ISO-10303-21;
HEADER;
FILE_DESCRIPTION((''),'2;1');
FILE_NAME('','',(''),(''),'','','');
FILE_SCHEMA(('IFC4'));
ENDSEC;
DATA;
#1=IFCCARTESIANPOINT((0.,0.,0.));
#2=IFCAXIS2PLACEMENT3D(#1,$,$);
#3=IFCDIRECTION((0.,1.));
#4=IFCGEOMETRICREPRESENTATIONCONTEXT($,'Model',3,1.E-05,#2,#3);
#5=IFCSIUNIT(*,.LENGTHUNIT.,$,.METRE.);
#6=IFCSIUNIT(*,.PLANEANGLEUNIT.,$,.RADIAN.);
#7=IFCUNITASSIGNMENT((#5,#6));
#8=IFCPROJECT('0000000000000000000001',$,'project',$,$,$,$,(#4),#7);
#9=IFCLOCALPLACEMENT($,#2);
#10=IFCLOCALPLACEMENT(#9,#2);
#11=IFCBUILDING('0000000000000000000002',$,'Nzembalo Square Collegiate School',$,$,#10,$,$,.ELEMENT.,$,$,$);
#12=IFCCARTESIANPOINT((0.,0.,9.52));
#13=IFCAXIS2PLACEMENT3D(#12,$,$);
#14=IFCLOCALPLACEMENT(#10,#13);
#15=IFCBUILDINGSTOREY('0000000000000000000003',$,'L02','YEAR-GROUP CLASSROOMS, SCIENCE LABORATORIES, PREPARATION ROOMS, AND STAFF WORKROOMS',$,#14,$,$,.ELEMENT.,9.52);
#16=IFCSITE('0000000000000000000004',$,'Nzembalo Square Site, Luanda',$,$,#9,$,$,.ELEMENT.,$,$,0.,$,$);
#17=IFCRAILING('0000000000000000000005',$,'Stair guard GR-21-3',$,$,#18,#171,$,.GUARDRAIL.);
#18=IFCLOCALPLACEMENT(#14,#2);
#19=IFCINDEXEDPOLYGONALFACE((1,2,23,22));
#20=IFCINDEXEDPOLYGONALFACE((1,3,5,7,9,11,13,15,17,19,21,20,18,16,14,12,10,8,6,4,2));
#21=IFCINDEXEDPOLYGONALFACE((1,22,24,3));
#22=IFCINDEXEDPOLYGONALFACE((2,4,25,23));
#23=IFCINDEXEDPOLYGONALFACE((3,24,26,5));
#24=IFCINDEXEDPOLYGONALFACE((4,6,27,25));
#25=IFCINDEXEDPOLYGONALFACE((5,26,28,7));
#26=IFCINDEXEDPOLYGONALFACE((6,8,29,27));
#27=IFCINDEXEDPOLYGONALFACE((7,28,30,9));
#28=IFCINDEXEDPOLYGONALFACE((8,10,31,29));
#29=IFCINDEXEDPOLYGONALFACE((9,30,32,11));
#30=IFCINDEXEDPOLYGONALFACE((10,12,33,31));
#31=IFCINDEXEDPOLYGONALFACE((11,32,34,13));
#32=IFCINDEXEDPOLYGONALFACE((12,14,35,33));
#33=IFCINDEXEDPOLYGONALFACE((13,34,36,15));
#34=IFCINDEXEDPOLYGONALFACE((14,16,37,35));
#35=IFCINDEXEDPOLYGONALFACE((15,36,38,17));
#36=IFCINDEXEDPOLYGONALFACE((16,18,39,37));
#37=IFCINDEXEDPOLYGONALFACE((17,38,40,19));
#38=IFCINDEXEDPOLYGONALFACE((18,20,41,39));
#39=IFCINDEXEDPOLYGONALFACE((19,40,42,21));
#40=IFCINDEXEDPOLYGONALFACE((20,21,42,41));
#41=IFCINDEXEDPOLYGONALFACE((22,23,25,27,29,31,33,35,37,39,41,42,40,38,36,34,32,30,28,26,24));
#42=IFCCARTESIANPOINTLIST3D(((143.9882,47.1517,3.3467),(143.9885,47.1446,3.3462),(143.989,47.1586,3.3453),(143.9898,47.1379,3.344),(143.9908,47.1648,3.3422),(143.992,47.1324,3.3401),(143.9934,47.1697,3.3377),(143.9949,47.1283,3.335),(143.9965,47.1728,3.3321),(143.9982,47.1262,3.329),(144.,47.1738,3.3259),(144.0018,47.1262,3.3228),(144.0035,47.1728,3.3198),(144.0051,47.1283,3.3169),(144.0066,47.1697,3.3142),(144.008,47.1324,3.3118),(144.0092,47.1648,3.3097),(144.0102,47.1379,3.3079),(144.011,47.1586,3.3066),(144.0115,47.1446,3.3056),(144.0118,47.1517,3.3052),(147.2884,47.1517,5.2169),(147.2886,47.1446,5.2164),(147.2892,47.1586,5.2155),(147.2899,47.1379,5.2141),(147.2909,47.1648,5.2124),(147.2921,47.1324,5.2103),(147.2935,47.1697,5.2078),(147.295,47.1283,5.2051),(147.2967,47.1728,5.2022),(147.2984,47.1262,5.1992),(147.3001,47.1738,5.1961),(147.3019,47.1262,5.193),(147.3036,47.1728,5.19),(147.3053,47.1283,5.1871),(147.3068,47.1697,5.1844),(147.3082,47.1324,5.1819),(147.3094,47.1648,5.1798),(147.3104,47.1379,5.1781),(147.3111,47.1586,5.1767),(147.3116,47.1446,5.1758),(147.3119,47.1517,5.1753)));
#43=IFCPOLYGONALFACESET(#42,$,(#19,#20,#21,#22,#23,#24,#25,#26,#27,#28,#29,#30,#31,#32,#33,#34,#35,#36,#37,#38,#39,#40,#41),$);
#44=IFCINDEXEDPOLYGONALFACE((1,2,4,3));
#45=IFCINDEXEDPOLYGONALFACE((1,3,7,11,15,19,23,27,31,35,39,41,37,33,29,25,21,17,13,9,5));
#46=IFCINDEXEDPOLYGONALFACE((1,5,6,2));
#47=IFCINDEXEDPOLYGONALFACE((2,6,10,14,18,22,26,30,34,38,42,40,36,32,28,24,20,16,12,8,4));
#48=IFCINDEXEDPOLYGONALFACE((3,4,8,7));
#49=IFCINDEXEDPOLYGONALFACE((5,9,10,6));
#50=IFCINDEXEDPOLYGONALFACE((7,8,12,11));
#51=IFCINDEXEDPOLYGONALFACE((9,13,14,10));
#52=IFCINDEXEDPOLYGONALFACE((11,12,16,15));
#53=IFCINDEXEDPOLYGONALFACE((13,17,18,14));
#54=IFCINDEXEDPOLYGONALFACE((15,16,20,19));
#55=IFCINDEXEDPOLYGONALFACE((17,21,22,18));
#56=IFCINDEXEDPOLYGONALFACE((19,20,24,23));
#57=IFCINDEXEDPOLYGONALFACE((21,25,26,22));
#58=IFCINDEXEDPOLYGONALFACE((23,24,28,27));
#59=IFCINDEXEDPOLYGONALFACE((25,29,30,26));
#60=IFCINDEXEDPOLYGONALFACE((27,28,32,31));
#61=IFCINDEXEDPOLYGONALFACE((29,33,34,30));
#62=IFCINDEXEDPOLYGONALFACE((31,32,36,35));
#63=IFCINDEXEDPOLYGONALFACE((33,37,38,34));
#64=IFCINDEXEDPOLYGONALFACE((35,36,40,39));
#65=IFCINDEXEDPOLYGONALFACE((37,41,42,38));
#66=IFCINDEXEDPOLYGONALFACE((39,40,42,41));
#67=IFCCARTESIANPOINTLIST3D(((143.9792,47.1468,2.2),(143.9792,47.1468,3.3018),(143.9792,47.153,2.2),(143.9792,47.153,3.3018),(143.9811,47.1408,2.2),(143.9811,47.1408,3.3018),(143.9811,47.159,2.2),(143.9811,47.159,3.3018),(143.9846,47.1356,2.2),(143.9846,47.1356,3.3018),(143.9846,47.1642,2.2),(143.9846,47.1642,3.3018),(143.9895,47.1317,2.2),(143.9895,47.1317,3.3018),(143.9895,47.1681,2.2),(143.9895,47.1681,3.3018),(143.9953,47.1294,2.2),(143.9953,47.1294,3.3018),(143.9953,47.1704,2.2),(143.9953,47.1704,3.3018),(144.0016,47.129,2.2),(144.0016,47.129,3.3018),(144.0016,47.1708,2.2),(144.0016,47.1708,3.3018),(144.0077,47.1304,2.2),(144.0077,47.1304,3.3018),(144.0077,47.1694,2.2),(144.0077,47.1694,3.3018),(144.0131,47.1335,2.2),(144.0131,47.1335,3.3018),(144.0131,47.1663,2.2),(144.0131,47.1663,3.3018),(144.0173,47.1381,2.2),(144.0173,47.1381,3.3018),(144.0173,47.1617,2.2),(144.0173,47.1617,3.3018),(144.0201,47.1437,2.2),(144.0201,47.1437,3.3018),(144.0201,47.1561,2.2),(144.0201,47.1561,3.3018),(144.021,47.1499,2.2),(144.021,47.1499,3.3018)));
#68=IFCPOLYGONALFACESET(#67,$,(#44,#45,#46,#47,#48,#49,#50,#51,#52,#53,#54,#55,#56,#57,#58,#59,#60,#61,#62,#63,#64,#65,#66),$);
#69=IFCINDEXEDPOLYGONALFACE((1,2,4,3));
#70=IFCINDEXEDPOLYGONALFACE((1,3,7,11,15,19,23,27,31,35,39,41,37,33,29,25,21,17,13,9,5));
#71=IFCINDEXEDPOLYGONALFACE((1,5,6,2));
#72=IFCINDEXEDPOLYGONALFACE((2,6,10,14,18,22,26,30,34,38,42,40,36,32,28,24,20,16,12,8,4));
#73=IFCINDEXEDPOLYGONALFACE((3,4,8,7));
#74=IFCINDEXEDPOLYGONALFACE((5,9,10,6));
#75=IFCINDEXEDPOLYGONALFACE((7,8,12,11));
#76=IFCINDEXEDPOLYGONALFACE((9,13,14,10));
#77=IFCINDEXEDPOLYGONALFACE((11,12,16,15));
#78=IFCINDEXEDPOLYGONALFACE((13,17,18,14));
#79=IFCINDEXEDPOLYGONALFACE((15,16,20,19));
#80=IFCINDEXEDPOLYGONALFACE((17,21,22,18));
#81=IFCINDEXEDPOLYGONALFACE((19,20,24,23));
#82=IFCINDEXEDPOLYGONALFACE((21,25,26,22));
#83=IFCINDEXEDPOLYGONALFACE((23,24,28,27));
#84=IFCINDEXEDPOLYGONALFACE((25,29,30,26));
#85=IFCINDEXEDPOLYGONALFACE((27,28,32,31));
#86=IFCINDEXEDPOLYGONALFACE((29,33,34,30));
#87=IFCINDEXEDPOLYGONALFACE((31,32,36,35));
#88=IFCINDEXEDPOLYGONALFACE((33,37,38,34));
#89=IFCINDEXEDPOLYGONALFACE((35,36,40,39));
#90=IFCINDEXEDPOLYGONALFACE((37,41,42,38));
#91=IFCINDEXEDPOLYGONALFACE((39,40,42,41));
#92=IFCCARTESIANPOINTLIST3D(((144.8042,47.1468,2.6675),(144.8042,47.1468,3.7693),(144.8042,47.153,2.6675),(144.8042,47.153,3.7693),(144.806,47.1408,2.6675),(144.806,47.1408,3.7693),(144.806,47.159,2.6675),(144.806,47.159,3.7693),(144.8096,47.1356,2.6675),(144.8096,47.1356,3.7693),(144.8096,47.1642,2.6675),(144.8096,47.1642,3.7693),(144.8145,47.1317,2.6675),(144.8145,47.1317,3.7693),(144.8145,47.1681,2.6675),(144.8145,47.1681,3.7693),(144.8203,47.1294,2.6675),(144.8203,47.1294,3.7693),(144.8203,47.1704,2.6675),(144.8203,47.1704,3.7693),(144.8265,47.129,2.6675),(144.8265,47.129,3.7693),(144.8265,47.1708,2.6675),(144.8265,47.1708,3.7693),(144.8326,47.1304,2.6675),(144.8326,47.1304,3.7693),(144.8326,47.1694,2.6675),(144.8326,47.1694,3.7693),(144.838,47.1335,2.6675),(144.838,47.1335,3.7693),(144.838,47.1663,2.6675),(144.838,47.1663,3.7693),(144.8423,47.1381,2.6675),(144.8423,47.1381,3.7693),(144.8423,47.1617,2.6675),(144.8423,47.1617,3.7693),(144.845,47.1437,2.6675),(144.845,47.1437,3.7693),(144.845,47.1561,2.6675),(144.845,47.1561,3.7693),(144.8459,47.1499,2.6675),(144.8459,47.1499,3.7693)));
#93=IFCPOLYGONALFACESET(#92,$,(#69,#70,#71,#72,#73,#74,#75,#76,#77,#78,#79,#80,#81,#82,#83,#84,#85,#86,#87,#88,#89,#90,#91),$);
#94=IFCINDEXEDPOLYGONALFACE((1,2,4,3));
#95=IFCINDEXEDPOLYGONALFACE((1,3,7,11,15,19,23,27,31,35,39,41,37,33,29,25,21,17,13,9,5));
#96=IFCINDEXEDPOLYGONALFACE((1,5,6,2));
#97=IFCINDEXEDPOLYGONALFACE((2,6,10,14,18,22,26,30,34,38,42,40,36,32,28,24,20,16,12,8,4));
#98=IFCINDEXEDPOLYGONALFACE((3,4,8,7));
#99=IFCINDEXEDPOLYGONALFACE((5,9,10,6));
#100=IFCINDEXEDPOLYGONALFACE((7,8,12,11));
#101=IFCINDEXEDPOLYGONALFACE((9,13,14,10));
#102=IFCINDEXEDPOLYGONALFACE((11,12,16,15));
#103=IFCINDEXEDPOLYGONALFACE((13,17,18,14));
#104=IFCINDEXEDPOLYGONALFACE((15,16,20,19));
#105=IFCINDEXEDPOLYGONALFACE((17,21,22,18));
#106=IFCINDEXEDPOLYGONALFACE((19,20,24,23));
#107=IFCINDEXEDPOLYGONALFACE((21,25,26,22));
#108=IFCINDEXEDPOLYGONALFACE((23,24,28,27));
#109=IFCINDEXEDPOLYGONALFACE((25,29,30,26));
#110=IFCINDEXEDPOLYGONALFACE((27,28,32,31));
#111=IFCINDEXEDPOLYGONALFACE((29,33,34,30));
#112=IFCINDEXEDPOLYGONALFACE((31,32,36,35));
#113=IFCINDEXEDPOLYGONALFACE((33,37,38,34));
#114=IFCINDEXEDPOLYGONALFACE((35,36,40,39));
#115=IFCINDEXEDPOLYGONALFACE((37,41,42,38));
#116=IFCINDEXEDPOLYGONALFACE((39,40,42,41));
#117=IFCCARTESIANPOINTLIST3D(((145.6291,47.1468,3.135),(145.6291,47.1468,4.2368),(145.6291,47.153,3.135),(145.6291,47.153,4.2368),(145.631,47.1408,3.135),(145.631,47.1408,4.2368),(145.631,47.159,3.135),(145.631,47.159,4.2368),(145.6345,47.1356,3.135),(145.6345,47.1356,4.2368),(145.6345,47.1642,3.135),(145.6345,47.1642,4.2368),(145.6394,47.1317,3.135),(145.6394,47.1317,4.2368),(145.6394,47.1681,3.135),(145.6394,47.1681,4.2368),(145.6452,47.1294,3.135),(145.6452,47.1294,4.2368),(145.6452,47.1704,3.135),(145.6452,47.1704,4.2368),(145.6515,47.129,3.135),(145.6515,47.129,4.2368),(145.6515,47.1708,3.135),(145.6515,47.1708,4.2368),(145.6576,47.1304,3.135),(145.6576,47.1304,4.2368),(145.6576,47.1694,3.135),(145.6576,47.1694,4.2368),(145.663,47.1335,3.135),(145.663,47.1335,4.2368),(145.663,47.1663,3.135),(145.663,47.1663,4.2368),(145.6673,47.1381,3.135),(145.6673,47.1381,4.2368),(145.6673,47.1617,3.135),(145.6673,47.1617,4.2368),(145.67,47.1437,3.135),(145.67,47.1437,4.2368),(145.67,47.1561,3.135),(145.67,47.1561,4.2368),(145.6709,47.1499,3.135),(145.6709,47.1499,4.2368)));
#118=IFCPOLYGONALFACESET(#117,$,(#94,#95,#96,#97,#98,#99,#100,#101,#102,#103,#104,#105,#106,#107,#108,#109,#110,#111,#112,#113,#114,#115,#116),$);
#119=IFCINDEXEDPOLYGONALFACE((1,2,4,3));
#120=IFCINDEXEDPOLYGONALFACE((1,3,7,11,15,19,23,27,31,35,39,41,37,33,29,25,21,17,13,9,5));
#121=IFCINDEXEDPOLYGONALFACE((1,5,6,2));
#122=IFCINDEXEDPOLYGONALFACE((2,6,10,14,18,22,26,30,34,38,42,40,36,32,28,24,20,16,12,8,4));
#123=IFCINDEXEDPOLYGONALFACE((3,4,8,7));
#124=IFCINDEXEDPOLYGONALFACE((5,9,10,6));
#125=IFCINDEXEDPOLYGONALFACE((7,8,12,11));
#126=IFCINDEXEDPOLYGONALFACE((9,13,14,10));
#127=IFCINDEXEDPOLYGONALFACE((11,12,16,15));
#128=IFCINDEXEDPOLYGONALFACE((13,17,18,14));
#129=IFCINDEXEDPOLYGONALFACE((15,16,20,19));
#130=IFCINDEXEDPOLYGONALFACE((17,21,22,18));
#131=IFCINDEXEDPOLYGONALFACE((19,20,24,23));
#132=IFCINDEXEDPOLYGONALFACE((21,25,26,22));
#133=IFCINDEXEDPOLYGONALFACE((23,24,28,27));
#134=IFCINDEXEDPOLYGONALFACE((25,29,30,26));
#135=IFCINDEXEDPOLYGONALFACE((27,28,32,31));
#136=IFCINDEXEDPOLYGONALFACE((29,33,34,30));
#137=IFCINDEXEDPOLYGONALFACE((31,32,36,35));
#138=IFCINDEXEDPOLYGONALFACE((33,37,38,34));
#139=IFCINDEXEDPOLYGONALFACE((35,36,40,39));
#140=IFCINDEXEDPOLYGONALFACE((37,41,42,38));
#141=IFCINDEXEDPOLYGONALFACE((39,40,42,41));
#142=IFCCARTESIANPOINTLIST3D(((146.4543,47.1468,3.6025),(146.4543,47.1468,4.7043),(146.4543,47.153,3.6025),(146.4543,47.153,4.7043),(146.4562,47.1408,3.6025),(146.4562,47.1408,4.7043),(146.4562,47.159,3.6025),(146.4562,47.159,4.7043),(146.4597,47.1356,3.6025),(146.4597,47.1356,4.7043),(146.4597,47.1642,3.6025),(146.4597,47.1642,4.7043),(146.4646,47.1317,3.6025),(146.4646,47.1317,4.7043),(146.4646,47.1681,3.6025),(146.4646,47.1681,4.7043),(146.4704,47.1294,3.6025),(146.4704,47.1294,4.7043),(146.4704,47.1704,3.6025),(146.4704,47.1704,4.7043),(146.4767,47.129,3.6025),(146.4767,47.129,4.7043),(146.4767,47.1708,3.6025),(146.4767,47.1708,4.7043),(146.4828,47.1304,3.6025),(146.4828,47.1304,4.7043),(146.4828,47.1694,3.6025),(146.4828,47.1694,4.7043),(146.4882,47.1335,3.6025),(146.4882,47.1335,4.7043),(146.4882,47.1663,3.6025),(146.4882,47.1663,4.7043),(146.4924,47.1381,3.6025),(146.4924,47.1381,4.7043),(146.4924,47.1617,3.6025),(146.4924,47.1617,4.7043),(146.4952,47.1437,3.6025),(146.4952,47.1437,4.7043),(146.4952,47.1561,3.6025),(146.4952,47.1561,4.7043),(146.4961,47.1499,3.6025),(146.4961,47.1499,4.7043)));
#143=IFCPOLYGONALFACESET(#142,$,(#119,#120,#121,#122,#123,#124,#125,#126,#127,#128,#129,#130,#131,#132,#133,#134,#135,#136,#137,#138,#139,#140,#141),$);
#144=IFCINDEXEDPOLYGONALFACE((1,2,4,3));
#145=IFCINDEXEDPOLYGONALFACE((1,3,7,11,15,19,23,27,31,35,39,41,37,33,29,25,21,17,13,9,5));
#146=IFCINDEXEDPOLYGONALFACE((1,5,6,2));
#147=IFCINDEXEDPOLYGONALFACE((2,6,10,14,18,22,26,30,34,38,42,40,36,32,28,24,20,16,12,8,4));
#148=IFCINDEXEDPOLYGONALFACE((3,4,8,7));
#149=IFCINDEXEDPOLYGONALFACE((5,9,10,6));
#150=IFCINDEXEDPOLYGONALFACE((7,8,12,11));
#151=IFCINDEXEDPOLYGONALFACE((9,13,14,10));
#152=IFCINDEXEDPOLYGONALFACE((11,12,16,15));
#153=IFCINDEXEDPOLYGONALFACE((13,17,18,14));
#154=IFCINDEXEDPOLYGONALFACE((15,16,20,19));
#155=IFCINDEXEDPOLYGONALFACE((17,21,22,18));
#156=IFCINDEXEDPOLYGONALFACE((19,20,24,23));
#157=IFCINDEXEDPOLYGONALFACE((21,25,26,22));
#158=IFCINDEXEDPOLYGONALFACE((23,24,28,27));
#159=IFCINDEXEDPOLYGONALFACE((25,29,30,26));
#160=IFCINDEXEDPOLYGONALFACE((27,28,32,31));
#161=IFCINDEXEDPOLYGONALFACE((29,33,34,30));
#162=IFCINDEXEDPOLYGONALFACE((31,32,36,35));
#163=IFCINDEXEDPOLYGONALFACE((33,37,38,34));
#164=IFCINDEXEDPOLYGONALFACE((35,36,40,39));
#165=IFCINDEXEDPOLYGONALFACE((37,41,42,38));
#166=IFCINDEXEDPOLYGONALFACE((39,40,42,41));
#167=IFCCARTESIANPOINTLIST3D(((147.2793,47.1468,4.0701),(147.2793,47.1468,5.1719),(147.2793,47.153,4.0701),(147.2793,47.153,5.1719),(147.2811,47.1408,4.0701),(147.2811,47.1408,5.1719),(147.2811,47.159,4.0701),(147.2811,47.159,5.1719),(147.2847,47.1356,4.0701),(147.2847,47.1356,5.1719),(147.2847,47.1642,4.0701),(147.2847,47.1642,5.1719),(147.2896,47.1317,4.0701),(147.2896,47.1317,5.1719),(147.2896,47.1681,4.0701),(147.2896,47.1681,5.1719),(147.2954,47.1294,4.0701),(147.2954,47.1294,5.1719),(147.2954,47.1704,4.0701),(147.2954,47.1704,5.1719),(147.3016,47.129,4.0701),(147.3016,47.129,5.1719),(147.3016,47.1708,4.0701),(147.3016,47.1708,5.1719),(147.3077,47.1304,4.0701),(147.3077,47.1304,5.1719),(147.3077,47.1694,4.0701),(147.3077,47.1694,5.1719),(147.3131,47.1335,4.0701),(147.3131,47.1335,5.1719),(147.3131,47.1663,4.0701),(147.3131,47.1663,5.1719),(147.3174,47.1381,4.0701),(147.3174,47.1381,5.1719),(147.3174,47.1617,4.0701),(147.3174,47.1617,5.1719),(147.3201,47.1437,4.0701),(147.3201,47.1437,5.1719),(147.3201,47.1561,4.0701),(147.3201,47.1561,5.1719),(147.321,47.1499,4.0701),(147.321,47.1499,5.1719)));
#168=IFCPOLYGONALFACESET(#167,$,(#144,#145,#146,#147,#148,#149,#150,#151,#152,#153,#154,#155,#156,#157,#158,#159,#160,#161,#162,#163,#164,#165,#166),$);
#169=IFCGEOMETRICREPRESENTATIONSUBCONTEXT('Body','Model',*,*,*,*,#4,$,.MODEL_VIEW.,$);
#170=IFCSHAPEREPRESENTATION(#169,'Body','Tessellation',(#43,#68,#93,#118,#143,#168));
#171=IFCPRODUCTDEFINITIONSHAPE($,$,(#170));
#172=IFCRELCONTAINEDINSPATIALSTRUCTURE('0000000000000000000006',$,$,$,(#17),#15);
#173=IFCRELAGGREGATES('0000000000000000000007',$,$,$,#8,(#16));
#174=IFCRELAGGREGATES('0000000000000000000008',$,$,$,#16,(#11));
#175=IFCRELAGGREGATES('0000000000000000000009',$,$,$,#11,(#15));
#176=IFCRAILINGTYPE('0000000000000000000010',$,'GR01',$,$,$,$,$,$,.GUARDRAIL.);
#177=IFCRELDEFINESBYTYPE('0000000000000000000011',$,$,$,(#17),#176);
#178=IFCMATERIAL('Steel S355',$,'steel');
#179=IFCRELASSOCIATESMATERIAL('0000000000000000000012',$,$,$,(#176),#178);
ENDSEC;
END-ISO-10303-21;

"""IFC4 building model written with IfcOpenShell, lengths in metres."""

from ifc_helpers import new_model, si_unit, direction, frame, origin, origin_2d, place, context, subcontext, project, spatial, circle, extrude, material, type_object, element, save


model = new_model("IFC4")

# Units and contexts
model_context = context("Model", 3, precision=1e-05, world=origin(), true_north=direction((0.0, 1.0)))
body_context = subcontext(model_context, "Body", "Model", "MODEL_VIEW")
ifc_project = project(units=[si_unit("LENGTHUNIT", "METRE"), si_unit("PLANEANGLEUNIT", "RADIAN")], contexts=[model_context])

# Site, building, storey
site_placement = place(None, origin())
site = spatial("IfcSite", under=ifc_project, at=site_placement, Name="Nzembalo Square Site, Luanda", CompositionType="ELEMENT", RefElevation=0.0)
building_placement = place(site_placement, origin())
building = spatial("IfcBuilding", under=site, at=building_placement, Name="Nzembalo Square Collegiate School", CompositionType="ELEMENT")
storey_placement = place(building_placement, frame((0.0, 0.0, 9.52)))
storey = spatial("IfcBuildingStorey", under=building, at=storey_placement, Name="L02", Description="YEAR-GROUP CLASSROOMS, SCIENCE LABORATORIES, PREPARATION ROOMS, AND STAFF WORKROOMS", CompositionType="ELEMENT", Elevation=9.52)

# Railing
ifc_material_1 = material(Name="Steel S355", Category="steel")
railing_type_1 = type_object("IfcRailingType", Name="GR01", PredefinedType="GUARDRAIL", material=ifc_material_1)
railing_1_placement = place(storey_placement, frame((144.0, 47.1499, 2.2)))
element("IfcRailing", 1, at=railing_1_placement, inside=storey, type_object=railing_type_1, Name="Stair guard GR-21-3", PredefinedType="GUARDRAIL", context=body_context, shape_type="SweptSolid", body=[
    extrude(circle(Radius=0.0239, at=origin_2d()), frame((0.0, 0.0, 1.126), z_axis=(0.870012, 0.0, 0.49303), x_axis=(0.0, 1.0, 0.0)), (0.0, 0.0, 1.0), 3.7932),
    extrude(circle(Radius=0.021, at=origin_2d()), origin(), (0.0, 0.0, 1.0), 1.1018),
    extrude(circle(Radius=0.021, at=origin_2d()), frame((0.825, 0.0, 0.4675)), (0.0, 0.0, 1.0), 1.1018),
    extrude(circle(Radius=0.021, at=origin_2d()), frame((1.6499, 0.0, 0.9351)), (0.0, 0.0, 1.0), 1.1018),
    extrude(circle(Radius=0.021, at=origin_2d()), frame((2.4751, 0.0, 1.4026)), (0.0, 0.0, 1.0), 1.1018),
    extrude(circle(Radius=0.021, at=origin_2d()), frame((3.3, 0.0, 1.8701)), (0.0, 0.0, 1.0), 1.1018),
])

save(model, "model.ifc")
